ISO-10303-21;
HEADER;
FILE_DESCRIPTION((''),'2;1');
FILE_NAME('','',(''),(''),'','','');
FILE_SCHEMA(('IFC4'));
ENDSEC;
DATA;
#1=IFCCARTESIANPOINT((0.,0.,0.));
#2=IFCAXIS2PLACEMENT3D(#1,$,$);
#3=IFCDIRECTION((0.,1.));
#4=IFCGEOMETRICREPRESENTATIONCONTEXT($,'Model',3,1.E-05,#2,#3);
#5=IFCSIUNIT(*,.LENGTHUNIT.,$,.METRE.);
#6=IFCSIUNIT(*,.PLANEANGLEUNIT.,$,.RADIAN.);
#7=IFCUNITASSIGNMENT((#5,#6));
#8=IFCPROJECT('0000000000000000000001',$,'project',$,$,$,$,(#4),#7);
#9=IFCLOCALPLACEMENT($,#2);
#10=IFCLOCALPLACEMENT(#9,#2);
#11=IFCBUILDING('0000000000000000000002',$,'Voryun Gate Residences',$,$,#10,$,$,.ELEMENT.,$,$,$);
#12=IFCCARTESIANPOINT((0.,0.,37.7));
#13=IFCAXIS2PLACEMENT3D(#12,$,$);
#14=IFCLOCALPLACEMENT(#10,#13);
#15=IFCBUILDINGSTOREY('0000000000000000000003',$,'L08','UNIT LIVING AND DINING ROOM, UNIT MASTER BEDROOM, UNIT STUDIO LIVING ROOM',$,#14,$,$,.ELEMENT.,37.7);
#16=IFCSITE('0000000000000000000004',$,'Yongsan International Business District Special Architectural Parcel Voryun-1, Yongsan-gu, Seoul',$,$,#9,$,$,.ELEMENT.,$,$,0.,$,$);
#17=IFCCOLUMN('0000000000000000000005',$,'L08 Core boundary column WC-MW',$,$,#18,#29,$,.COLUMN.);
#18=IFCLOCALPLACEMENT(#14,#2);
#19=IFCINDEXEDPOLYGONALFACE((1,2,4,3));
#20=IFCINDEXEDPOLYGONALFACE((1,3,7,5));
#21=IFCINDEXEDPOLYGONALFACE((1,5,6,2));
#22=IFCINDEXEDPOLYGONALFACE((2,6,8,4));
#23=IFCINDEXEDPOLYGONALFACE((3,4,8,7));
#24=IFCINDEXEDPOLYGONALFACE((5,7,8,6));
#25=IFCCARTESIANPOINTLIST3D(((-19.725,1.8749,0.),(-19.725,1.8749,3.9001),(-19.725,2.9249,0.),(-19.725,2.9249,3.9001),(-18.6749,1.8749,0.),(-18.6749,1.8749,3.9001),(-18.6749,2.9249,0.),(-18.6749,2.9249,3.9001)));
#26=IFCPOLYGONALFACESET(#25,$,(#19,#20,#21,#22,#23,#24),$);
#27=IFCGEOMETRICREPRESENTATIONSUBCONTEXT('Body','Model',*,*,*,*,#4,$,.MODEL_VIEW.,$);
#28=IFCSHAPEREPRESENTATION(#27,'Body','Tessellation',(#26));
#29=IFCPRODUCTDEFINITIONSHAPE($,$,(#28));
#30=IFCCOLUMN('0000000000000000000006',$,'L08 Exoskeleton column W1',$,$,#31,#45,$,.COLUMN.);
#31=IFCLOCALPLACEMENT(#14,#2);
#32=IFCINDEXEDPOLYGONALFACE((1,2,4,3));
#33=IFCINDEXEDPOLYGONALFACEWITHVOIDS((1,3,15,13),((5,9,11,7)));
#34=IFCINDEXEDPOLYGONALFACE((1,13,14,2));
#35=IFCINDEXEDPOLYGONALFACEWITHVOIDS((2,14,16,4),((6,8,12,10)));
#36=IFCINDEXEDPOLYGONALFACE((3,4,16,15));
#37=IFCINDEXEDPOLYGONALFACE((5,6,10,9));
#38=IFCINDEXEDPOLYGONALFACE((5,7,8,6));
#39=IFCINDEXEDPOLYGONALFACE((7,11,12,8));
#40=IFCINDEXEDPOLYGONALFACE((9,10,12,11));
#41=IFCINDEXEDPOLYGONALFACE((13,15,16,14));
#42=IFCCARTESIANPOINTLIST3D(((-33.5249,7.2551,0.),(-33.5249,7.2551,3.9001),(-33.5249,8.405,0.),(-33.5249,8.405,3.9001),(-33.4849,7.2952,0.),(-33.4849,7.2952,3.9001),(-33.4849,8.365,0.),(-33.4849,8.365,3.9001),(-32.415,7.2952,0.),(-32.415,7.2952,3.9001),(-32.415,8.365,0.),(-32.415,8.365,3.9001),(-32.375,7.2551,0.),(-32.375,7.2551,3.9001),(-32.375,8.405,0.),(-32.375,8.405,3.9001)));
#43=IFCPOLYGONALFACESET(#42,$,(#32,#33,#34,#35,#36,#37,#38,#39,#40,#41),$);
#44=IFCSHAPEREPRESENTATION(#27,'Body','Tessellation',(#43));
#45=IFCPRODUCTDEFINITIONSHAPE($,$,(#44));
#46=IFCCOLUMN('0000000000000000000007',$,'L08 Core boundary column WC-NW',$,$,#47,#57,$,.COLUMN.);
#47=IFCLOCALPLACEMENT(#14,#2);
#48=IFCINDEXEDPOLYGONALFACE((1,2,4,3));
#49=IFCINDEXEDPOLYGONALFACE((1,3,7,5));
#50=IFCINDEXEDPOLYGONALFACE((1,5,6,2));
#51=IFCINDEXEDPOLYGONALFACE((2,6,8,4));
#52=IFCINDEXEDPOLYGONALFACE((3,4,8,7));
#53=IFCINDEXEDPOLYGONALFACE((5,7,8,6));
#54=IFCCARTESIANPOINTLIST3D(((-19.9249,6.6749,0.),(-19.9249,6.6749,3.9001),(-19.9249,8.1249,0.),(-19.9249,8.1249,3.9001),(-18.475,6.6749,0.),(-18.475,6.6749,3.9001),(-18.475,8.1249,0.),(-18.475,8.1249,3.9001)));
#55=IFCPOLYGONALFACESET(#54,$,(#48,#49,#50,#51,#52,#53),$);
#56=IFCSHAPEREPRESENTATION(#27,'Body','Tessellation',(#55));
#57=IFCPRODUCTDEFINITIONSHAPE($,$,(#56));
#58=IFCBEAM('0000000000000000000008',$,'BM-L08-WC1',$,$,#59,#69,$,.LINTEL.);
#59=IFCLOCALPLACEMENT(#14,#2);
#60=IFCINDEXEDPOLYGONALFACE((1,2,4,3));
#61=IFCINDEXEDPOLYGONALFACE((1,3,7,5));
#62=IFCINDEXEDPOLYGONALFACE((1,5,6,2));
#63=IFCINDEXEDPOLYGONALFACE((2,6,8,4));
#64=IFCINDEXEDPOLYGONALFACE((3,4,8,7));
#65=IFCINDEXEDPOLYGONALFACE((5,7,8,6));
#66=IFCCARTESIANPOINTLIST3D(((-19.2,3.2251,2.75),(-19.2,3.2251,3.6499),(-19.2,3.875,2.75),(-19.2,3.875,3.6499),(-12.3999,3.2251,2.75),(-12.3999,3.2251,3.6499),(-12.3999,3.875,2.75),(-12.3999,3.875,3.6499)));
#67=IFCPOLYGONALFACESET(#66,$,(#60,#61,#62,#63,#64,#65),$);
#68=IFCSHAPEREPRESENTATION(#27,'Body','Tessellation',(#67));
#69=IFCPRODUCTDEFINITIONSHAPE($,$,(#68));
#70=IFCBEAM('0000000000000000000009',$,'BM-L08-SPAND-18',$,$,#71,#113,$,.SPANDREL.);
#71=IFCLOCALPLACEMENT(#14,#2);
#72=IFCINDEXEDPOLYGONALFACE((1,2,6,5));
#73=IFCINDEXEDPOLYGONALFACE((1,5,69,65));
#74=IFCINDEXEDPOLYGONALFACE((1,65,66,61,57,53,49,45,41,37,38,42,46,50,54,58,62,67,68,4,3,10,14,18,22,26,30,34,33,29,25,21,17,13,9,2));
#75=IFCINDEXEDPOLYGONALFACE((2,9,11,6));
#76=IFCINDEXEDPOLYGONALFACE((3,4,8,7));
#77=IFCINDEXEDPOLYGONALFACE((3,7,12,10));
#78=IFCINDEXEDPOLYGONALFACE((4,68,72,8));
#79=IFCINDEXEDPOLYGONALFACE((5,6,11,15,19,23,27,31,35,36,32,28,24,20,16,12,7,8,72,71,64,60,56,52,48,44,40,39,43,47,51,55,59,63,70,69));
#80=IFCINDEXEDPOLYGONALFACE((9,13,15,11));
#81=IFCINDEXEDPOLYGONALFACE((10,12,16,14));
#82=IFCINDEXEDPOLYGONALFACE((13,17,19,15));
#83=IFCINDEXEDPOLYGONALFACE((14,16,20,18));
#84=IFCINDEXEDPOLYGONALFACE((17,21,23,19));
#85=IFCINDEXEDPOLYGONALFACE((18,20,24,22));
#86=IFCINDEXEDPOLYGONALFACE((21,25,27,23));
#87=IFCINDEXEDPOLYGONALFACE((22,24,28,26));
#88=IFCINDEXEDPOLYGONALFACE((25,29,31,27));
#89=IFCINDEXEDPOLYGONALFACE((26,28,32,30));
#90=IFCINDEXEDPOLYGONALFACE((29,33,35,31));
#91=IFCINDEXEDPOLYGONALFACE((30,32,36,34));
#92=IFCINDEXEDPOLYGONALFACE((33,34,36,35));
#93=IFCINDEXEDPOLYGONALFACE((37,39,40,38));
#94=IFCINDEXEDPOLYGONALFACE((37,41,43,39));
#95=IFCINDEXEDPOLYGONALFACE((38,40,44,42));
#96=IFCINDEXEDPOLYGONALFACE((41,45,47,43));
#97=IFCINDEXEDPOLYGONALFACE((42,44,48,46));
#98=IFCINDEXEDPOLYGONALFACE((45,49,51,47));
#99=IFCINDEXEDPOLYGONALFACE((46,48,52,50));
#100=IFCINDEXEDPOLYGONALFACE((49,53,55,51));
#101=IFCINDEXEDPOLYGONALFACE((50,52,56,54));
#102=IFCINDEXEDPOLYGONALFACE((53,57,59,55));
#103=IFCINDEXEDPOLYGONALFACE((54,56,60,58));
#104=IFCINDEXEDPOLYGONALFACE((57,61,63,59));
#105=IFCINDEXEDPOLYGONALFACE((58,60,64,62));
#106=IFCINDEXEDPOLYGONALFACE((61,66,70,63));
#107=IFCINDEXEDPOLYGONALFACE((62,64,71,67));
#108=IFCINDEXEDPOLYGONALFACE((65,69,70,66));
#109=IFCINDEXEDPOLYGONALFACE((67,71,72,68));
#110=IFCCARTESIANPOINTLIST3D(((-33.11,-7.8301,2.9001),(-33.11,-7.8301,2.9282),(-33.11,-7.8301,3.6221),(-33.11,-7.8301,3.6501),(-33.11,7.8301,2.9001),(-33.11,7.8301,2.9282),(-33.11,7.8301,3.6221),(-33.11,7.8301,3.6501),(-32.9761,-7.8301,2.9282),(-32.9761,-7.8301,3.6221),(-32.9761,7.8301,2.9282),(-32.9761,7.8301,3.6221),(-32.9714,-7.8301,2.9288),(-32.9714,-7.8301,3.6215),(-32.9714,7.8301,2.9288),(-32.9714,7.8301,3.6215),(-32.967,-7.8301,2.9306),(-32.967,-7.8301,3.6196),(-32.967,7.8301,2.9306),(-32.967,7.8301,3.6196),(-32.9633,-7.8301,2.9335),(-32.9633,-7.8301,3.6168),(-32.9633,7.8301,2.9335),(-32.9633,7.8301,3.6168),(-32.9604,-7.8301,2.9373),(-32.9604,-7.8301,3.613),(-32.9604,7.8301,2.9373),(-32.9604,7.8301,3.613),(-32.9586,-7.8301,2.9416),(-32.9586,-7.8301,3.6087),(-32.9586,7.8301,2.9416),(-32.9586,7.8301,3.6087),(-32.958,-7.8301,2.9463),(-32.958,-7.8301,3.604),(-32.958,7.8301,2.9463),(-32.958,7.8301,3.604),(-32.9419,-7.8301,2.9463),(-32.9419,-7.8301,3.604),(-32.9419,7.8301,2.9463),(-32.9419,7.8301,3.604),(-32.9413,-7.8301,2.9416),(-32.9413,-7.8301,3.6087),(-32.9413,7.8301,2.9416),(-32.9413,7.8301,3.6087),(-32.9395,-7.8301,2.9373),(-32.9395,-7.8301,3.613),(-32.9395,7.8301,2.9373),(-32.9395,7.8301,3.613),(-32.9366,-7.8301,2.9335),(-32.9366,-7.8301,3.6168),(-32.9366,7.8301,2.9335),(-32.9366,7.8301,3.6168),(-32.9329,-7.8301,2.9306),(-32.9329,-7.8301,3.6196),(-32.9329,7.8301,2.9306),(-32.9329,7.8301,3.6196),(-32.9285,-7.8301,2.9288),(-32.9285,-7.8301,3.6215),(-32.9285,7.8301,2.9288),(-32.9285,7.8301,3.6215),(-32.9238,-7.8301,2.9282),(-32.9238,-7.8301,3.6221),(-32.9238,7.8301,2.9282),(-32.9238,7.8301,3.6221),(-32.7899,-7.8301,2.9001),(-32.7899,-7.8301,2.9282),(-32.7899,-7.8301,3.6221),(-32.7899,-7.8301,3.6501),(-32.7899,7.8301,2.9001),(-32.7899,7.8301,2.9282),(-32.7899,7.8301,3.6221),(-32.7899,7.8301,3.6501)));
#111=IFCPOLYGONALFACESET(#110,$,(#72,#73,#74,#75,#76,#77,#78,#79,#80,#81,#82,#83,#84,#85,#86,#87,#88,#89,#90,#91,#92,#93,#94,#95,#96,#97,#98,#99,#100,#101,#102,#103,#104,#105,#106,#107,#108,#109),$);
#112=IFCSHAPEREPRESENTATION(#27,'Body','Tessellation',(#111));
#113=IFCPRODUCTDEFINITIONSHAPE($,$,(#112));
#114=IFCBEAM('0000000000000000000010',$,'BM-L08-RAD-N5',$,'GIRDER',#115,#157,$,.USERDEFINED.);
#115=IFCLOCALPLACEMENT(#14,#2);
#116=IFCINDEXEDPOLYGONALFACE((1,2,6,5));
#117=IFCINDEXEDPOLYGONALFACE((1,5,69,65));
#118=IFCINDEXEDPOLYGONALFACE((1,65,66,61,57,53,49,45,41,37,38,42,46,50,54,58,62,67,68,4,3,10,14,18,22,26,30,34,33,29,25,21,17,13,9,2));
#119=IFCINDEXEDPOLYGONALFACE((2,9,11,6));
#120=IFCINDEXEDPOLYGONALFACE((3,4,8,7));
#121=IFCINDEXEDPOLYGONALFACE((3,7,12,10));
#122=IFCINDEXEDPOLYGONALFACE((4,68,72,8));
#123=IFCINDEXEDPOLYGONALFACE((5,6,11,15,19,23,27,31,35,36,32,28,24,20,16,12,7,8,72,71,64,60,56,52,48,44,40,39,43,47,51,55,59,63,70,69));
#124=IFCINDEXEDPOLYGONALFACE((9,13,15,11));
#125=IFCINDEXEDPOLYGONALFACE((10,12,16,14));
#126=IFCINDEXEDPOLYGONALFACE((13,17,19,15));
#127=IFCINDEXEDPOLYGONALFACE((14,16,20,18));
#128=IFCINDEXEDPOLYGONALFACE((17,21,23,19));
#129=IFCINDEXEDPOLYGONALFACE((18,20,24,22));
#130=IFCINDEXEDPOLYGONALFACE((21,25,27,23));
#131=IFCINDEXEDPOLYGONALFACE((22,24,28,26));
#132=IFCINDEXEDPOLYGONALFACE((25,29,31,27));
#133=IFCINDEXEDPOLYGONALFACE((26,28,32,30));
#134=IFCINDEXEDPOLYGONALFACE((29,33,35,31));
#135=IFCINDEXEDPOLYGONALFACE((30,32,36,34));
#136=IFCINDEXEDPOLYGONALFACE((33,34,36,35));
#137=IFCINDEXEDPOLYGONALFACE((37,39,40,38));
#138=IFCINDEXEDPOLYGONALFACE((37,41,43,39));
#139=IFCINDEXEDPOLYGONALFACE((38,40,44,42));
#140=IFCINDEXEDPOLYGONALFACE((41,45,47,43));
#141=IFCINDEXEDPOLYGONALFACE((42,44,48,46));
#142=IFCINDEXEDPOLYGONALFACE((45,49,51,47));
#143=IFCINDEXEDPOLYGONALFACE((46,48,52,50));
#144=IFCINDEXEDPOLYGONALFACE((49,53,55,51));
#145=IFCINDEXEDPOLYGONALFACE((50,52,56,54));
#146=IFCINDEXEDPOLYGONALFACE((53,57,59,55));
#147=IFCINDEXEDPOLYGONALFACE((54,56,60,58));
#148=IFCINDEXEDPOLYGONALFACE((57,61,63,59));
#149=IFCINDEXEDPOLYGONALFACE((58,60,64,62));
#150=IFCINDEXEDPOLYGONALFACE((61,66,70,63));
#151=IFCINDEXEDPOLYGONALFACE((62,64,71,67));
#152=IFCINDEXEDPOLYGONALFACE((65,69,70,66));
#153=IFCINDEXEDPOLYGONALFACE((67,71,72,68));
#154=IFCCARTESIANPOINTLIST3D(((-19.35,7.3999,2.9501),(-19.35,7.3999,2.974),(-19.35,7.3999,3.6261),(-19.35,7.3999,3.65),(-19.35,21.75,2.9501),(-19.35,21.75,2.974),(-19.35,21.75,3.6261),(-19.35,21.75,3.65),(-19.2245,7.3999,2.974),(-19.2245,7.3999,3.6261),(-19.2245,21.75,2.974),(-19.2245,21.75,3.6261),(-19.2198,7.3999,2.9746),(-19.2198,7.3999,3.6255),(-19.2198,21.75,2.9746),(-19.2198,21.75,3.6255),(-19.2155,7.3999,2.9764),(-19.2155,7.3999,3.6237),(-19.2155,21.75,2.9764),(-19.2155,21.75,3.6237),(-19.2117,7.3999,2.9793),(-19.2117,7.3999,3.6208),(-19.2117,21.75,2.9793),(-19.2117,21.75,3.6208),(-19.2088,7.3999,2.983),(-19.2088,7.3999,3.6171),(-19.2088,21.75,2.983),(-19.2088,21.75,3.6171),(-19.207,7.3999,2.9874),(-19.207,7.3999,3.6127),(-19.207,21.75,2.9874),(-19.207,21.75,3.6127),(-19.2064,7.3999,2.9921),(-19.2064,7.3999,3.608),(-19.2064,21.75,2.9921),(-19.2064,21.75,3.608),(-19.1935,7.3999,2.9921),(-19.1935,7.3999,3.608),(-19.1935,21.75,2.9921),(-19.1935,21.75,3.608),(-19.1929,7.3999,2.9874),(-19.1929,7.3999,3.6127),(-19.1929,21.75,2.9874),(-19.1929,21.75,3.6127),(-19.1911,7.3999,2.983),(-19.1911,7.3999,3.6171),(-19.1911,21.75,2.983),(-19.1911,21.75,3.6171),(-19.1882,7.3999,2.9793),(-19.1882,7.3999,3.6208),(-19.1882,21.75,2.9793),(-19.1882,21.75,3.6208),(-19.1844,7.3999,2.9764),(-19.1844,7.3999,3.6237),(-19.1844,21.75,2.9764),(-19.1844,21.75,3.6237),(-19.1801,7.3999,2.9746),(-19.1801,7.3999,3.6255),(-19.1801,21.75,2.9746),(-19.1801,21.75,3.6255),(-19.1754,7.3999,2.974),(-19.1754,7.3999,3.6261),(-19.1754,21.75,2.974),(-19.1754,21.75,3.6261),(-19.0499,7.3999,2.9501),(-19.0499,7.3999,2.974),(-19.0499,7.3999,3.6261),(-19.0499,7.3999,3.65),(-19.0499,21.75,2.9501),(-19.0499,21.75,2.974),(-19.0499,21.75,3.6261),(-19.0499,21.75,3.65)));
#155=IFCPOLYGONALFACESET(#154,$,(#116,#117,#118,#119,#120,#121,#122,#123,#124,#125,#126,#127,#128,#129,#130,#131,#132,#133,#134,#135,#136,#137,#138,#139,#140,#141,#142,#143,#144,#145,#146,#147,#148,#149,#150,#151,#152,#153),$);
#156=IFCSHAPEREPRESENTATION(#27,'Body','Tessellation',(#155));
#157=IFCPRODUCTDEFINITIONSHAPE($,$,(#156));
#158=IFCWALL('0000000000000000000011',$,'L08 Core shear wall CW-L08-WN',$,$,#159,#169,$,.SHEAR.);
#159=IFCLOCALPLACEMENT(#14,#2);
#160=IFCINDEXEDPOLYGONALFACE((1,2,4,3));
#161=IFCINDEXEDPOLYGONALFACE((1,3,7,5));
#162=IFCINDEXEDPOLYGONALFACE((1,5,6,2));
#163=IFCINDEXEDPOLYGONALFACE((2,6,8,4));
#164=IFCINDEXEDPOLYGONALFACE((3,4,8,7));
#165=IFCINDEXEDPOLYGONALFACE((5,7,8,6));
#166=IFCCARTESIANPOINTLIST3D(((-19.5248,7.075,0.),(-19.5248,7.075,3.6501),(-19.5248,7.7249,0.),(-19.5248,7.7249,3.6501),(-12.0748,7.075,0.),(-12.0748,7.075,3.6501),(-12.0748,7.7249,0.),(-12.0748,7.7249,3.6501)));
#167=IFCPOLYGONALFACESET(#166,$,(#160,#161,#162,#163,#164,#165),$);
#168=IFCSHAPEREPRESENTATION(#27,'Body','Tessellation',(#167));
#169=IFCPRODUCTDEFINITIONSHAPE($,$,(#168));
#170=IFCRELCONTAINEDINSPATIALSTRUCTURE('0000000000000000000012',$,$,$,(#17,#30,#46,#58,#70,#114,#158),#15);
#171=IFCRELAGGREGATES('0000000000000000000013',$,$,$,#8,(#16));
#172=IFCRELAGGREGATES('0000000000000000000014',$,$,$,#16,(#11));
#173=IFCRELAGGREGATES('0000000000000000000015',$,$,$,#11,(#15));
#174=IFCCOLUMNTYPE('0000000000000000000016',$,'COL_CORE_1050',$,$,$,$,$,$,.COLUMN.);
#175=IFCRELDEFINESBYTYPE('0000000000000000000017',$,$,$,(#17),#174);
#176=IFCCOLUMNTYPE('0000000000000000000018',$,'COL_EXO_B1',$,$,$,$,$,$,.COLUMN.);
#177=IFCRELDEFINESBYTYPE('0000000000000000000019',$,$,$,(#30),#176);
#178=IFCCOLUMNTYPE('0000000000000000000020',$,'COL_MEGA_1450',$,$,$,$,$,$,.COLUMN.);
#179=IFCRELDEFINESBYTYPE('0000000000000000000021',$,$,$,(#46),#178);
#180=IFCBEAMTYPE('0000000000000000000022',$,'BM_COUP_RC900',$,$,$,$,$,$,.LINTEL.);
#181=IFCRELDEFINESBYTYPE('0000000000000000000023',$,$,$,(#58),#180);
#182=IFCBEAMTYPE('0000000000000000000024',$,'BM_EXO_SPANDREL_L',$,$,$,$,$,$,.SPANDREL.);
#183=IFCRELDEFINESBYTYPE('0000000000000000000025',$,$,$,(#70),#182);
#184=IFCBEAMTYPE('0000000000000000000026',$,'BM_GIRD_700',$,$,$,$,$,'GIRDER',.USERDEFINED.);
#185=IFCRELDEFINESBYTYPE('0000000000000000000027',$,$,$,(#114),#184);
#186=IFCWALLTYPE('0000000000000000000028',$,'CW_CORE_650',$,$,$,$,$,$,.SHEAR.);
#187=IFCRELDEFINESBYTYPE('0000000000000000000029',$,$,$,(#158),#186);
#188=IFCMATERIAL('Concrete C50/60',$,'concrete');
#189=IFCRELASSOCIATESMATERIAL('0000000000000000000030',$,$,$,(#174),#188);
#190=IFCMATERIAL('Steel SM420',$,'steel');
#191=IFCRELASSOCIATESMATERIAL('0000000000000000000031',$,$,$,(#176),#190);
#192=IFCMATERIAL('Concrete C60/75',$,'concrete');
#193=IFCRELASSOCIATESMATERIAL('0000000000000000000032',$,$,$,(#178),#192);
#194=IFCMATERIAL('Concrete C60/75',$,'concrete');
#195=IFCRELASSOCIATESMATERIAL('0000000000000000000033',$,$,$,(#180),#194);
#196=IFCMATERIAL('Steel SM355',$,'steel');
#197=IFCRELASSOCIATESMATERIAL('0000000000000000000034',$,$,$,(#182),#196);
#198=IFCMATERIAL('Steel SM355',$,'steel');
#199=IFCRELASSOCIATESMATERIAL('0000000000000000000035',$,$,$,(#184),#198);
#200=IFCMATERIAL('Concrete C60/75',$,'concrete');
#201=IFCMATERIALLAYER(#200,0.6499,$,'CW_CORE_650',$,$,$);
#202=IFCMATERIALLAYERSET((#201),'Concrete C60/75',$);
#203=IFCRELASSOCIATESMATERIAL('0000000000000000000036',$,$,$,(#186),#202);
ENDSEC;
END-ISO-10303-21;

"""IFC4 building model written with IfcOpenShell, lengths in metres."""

from ifc_helpers import new_model, si_unit, direction, frame, frame_2d, origin, origin_2d, place, context, subcontext, project, spatial, rectangle, hollow_rectangle, i_section, extrude, material, layer, layer_set, material_profile, profile_set, type_object, element, save


model = new_model("IFC4")

# Units and contexts
model_context = context("Model", 3, precision=1e-05, world=origin(), true_north=direction((0.0, 1.0)))
body_context = subcontext(model_context, "Body", "Model", "MODEL_VIEW")
ifc_project = project(units=[si_unit("LENGTHUNIT", "METRE"), si_unit("PLANEANGLEUNIT", "RADIAN")], contexts=[model_context])

# Site, building, storey
site_placement = place(None, origin())
site = spatial("IfcSite", under=ifc_project, at=site_placement, Name="Yongsan International Business District Special Architectural Parcel Voryun-1, Yongsan-gu, Seoul", CompositionType="ELEMENT", RefElevation=0.0)
building_placement = place(site_placement, origin())
building = spatial("IfcBuilding", under=site, at=building_placement, Name="Voryun Gate Residences", CompositionType="ELEMENT")
storey_placement = place(building_placement, frame((0.0, 0.0, 37.7)))
storey = spatial("IfcBuildingStorey", under=building, at=storey_placement, Name="L08", Description="UNIT LIVING AND DINING ROOM, UNIT MASTER BEDROOM, UNIT STUDIO LIVING ROOM", CompositionType="ELEMENT", Elevation=37.7)

# Columns
ifc_material_1 = material(Name="Concrete C50/60", Category="concrete")
ifc_material_profile_1 = material_profile(ifc_material_1, rectangle(XDim=1.05, YDim=1.05, at=origin_2d()), Name="RC-1050x1050")
ifc_profile_set_1 = profile_set([ifc_material_profile_1], Name="Concrete C50/60")
column_type_1 = type_object("IfcColumnType", Name="COL_CORE_1050", PredefinedType="COLUMN", material=ifc_profile_set_1)
column_1_placement = place(storey_placement, frame((-19.2, 2.3999, 0.0), z_axis=(0.0, 0.0, 1.0), x_axis=(1.0, 0.0, 0.0)))
element("IfcColumn", 1, at=column_1_placement, inside=storey, type_object=column_type_1, Name="L08 Core boundary column WC-MW", PredefinedType="COLUMN", context=body_context, shape_type="SweptSolid", body=[
    extrude(rectangle(XDim=1.05, YDim=1.05, at=origin_2d()), origin(), (0.0, 0.0, 1.0), 3.9001),
])
ifc_material_2 = material(Name="Steel SM420", Category="steel")
ifc_material_profile_2 = material_profile(ifc_material_2, hollow_rectangle(XDim=1.1499, YDim=1.1499, WallThickness=0.04, at=origin_2d()), Name="BOX-1150x1150x40")
ifc_profile_set_2 = profile_set([ifc_material_profile_2], Name="Steel SM420")
column_type_2 = type_object("IfcColumnType", Name="COL_EXO_B1", PredefinedType="COLUMN", material=ifc_profile_set_2)
column_2_placement = place(storey_placement, frame((-32.95, 7.8301, 0.0), z_axis=(0.0, 0.0, 1.0), x_axis=(1.0, 0.0, 0.0)))
element("IfcColumn", 2, at=column_2_placement, inside=storey, type_object=column_type_2, Name="L08 Exoskeleton column W1", PredefinedType="COLUMN", context=body_context, shape_type="SweptSolid", body=[
    extrude(hollow_rectangle(XDim=1.1499, YDim=1.1499, WallThickness=0.04, at=origin_2d()), origin(), (0.0, 0.0, 1.0), 3.9001),
])
ifc_material_3 = material(Name="Concrete C60/75", Category="concrete")
ifc_material_profile_3 = material_profile(ifc_material_3, rectangle(XDim=1.45, YDim=1.45, at=origin_2d()), Name="RC-1450x1450")
ifc_profile_set_3 = profile_set([ifc_material_profile_3], Name="Concrete C60/75")
column_type_3 = type_object("IfcColumnType", Name="COL_MEGA_1450", PredefinedType="COLUMN", material=ifc_profile_set_3)
column_3_placement = place(storey_placement, frame((-19.2, 7.3999, 0.0), z_axis=(0.0, 0.0, 1.0), x_axis=(1.0, 0.0, 0.0)))
element("IfcColumn", 3, at=column_3_placement, inside=storey, type_object=column_type_3, Name="L08 Core boundary column WC-NW", PredefinedType="COLUMN", context=body_context, shape_type="SweptSolid", body=[
    extrude(rectangle(XDim=1.45, YDim=1.45, at=origin_2d()), origin(), (0.0, 0.0, 1.0), 3.9001),
])

# Beams
ifc_material_4 = material(Name="Concrete C60/75", Category="concrete")
ifc_material_profile_4 = material_profile(ifc_material_4, rectangle(XDim=0.6499, YDim=0.8999, at=origin_2d()), Name="RC-650x900")
ifc_profile_set_4 = profile_set([ifc_material_profile_4], Name="Concrete C60/75")
beam_type_1 = type_object("IfcBeamType", Name="BM_COUP_RC900", PredefinedType="LINTEL", material=ifc_profile_set_4)
beam_1_placement = place(storey_placement, frame((-19.2, 3.55, 3.2), z_axis=(1.0, 0.0, 0.0), x_axis=(0.0, 1.0, 0.0)))
element("IfcBeam", 4, at=beam_1_placement, inside=storey, type_object=beam_type_1, Name="BM-L08-WC1", PredefinedType="LINTEL", context=body_context, shape_type="SweptSolid", body=[
    extrude(rectangle(XDim=0.6499, YDim=0.8999, at=origin_2d()), origin(), (0.0, 0.0, 1.0), 6.8),
])
ifc_material_5 = material(Name="Steel SM355", Category="steel")
ifc_material_profile_5 = material_profile(ifc_material_5, i_section(OverallWidth=0.3201, OverallDepth=0.75, WebThickness=0.0161, FlangeThickness=0.0281, FilletRadius=0.0181, at=origin_2d()), Name="H-750x320x16x28")
ifc_profile_set_5 = profile_set([ifc_material_profile_5], Name="Steel SM355")
beam_type_2 = type_object("IfcBeamType", Name="BM_EXO_SPANDREL_L", PredefinedType="SPANDREL", material=ifc_profile_set_5)
beam_2_placement = place(storey_placement, frame((-32.95, 7.8301, 3.2751), z_axis=(0.0, -1.0, 0.0), x_axis=(1.0, 0.0, 0.0)))
element("IfcBeam", 5, at=beam_2_placement, inside=storey, type_object=beam_type_2, Name="BM-L08-SPAND-18", PredefinedType="SPANDREL", context=body_context, shape_type="SweptSolid", body=[
    extrude(i_section(OverallWidth=0.3201, OverallDepth=0.75, WebThickness=0.0161, FlangeThickness=0.0281, FilletRadius=0.0181, at=origin_2d()), origin(), (0.0, 0.0, 1.0), 15.6602),
])
ifc_material_6 = material(Name="Steel SM355", Category="steel")
ifc_material_profile_6 = material_profile(ifc_material_6, i_section(OverallWidth=0.3, OverallDepth=0.7, WebThickness=0.0129, FlangeThickness=0.0239, FilletRadius=0.0181, at=origin_2d()), Name="H-700x300x13x24")
ifc_profile_set_6 = profile_set([ifc_material_profile_6], Name="Steel SM355")
beam_type_3 = type_object("IfcBeamType", Name="BM_GIRD_700", ElementType="GIRDER", PredefinedType="USERDEFINED", material=ifc_profile_set_6)
beam_3_placement = place(storey_placement, frame((-19.2, 7.3999, 3.3), z_axis=(0.0, 1.0, 0.0), x_axis=(-1.0, 0.0, 0.0)))
element("IfcBeam", 6, at=beam_3_placement, inside=storey, type_object=beam_type_3, Name="BM-L08-RAD-N5", ObjectType="GIRDER", PredefinedType="USERDEFINED", context=body_context, shape_type="SweptSolid", body=[
    extrude(i_section(OverallWidth=0.3, OverallDepth=0.7, WebThickness=0.0129, FlangeThickness=0.0239, FilletRadius=0.0181, at=origin_2d()), origin(), (0.0, 0.0, 1.0), 14.3501),
])

# Wall
ifc_material_7 = material(Name="Concrete C60/75", Category="concrete")
ifc_layer_1 = layer(ifc_material_7, 0.6499, Name="CW_CORE_650")
ifc_layer_set_1 = layer_set([ifc_layer_1], Name="Concrete C60/75")
wall_type_1 = type_object("IfcWallType", Name="CW_CORE_650", PredefinedType="SHEAR", material=ifc_layer_set_1)
wall_1_placement = place(storey_placement, frame((-19.5249, 7.3999, 0.0), z_axis=(0.0, 0.0, 1.0), x_axis=(1.0, 0.0, 0.0)))
element("IfcWall", 7, at=wall_1_placement, inside=storey, type_object=wall_type_1, Name="L08 Core shear wall CW-L08-WN", PredefinedType="SHEAR", context=body_context, shape_type="SweptSolid", body=[
    extrude(rectangle(XDim=7.45, YDim=0.6499, at=frame_2d((3.7251, 0.0))), origin(), (0.0, 0.0, 1.0), 3.6501),
])

save(model, "model.ifc")
